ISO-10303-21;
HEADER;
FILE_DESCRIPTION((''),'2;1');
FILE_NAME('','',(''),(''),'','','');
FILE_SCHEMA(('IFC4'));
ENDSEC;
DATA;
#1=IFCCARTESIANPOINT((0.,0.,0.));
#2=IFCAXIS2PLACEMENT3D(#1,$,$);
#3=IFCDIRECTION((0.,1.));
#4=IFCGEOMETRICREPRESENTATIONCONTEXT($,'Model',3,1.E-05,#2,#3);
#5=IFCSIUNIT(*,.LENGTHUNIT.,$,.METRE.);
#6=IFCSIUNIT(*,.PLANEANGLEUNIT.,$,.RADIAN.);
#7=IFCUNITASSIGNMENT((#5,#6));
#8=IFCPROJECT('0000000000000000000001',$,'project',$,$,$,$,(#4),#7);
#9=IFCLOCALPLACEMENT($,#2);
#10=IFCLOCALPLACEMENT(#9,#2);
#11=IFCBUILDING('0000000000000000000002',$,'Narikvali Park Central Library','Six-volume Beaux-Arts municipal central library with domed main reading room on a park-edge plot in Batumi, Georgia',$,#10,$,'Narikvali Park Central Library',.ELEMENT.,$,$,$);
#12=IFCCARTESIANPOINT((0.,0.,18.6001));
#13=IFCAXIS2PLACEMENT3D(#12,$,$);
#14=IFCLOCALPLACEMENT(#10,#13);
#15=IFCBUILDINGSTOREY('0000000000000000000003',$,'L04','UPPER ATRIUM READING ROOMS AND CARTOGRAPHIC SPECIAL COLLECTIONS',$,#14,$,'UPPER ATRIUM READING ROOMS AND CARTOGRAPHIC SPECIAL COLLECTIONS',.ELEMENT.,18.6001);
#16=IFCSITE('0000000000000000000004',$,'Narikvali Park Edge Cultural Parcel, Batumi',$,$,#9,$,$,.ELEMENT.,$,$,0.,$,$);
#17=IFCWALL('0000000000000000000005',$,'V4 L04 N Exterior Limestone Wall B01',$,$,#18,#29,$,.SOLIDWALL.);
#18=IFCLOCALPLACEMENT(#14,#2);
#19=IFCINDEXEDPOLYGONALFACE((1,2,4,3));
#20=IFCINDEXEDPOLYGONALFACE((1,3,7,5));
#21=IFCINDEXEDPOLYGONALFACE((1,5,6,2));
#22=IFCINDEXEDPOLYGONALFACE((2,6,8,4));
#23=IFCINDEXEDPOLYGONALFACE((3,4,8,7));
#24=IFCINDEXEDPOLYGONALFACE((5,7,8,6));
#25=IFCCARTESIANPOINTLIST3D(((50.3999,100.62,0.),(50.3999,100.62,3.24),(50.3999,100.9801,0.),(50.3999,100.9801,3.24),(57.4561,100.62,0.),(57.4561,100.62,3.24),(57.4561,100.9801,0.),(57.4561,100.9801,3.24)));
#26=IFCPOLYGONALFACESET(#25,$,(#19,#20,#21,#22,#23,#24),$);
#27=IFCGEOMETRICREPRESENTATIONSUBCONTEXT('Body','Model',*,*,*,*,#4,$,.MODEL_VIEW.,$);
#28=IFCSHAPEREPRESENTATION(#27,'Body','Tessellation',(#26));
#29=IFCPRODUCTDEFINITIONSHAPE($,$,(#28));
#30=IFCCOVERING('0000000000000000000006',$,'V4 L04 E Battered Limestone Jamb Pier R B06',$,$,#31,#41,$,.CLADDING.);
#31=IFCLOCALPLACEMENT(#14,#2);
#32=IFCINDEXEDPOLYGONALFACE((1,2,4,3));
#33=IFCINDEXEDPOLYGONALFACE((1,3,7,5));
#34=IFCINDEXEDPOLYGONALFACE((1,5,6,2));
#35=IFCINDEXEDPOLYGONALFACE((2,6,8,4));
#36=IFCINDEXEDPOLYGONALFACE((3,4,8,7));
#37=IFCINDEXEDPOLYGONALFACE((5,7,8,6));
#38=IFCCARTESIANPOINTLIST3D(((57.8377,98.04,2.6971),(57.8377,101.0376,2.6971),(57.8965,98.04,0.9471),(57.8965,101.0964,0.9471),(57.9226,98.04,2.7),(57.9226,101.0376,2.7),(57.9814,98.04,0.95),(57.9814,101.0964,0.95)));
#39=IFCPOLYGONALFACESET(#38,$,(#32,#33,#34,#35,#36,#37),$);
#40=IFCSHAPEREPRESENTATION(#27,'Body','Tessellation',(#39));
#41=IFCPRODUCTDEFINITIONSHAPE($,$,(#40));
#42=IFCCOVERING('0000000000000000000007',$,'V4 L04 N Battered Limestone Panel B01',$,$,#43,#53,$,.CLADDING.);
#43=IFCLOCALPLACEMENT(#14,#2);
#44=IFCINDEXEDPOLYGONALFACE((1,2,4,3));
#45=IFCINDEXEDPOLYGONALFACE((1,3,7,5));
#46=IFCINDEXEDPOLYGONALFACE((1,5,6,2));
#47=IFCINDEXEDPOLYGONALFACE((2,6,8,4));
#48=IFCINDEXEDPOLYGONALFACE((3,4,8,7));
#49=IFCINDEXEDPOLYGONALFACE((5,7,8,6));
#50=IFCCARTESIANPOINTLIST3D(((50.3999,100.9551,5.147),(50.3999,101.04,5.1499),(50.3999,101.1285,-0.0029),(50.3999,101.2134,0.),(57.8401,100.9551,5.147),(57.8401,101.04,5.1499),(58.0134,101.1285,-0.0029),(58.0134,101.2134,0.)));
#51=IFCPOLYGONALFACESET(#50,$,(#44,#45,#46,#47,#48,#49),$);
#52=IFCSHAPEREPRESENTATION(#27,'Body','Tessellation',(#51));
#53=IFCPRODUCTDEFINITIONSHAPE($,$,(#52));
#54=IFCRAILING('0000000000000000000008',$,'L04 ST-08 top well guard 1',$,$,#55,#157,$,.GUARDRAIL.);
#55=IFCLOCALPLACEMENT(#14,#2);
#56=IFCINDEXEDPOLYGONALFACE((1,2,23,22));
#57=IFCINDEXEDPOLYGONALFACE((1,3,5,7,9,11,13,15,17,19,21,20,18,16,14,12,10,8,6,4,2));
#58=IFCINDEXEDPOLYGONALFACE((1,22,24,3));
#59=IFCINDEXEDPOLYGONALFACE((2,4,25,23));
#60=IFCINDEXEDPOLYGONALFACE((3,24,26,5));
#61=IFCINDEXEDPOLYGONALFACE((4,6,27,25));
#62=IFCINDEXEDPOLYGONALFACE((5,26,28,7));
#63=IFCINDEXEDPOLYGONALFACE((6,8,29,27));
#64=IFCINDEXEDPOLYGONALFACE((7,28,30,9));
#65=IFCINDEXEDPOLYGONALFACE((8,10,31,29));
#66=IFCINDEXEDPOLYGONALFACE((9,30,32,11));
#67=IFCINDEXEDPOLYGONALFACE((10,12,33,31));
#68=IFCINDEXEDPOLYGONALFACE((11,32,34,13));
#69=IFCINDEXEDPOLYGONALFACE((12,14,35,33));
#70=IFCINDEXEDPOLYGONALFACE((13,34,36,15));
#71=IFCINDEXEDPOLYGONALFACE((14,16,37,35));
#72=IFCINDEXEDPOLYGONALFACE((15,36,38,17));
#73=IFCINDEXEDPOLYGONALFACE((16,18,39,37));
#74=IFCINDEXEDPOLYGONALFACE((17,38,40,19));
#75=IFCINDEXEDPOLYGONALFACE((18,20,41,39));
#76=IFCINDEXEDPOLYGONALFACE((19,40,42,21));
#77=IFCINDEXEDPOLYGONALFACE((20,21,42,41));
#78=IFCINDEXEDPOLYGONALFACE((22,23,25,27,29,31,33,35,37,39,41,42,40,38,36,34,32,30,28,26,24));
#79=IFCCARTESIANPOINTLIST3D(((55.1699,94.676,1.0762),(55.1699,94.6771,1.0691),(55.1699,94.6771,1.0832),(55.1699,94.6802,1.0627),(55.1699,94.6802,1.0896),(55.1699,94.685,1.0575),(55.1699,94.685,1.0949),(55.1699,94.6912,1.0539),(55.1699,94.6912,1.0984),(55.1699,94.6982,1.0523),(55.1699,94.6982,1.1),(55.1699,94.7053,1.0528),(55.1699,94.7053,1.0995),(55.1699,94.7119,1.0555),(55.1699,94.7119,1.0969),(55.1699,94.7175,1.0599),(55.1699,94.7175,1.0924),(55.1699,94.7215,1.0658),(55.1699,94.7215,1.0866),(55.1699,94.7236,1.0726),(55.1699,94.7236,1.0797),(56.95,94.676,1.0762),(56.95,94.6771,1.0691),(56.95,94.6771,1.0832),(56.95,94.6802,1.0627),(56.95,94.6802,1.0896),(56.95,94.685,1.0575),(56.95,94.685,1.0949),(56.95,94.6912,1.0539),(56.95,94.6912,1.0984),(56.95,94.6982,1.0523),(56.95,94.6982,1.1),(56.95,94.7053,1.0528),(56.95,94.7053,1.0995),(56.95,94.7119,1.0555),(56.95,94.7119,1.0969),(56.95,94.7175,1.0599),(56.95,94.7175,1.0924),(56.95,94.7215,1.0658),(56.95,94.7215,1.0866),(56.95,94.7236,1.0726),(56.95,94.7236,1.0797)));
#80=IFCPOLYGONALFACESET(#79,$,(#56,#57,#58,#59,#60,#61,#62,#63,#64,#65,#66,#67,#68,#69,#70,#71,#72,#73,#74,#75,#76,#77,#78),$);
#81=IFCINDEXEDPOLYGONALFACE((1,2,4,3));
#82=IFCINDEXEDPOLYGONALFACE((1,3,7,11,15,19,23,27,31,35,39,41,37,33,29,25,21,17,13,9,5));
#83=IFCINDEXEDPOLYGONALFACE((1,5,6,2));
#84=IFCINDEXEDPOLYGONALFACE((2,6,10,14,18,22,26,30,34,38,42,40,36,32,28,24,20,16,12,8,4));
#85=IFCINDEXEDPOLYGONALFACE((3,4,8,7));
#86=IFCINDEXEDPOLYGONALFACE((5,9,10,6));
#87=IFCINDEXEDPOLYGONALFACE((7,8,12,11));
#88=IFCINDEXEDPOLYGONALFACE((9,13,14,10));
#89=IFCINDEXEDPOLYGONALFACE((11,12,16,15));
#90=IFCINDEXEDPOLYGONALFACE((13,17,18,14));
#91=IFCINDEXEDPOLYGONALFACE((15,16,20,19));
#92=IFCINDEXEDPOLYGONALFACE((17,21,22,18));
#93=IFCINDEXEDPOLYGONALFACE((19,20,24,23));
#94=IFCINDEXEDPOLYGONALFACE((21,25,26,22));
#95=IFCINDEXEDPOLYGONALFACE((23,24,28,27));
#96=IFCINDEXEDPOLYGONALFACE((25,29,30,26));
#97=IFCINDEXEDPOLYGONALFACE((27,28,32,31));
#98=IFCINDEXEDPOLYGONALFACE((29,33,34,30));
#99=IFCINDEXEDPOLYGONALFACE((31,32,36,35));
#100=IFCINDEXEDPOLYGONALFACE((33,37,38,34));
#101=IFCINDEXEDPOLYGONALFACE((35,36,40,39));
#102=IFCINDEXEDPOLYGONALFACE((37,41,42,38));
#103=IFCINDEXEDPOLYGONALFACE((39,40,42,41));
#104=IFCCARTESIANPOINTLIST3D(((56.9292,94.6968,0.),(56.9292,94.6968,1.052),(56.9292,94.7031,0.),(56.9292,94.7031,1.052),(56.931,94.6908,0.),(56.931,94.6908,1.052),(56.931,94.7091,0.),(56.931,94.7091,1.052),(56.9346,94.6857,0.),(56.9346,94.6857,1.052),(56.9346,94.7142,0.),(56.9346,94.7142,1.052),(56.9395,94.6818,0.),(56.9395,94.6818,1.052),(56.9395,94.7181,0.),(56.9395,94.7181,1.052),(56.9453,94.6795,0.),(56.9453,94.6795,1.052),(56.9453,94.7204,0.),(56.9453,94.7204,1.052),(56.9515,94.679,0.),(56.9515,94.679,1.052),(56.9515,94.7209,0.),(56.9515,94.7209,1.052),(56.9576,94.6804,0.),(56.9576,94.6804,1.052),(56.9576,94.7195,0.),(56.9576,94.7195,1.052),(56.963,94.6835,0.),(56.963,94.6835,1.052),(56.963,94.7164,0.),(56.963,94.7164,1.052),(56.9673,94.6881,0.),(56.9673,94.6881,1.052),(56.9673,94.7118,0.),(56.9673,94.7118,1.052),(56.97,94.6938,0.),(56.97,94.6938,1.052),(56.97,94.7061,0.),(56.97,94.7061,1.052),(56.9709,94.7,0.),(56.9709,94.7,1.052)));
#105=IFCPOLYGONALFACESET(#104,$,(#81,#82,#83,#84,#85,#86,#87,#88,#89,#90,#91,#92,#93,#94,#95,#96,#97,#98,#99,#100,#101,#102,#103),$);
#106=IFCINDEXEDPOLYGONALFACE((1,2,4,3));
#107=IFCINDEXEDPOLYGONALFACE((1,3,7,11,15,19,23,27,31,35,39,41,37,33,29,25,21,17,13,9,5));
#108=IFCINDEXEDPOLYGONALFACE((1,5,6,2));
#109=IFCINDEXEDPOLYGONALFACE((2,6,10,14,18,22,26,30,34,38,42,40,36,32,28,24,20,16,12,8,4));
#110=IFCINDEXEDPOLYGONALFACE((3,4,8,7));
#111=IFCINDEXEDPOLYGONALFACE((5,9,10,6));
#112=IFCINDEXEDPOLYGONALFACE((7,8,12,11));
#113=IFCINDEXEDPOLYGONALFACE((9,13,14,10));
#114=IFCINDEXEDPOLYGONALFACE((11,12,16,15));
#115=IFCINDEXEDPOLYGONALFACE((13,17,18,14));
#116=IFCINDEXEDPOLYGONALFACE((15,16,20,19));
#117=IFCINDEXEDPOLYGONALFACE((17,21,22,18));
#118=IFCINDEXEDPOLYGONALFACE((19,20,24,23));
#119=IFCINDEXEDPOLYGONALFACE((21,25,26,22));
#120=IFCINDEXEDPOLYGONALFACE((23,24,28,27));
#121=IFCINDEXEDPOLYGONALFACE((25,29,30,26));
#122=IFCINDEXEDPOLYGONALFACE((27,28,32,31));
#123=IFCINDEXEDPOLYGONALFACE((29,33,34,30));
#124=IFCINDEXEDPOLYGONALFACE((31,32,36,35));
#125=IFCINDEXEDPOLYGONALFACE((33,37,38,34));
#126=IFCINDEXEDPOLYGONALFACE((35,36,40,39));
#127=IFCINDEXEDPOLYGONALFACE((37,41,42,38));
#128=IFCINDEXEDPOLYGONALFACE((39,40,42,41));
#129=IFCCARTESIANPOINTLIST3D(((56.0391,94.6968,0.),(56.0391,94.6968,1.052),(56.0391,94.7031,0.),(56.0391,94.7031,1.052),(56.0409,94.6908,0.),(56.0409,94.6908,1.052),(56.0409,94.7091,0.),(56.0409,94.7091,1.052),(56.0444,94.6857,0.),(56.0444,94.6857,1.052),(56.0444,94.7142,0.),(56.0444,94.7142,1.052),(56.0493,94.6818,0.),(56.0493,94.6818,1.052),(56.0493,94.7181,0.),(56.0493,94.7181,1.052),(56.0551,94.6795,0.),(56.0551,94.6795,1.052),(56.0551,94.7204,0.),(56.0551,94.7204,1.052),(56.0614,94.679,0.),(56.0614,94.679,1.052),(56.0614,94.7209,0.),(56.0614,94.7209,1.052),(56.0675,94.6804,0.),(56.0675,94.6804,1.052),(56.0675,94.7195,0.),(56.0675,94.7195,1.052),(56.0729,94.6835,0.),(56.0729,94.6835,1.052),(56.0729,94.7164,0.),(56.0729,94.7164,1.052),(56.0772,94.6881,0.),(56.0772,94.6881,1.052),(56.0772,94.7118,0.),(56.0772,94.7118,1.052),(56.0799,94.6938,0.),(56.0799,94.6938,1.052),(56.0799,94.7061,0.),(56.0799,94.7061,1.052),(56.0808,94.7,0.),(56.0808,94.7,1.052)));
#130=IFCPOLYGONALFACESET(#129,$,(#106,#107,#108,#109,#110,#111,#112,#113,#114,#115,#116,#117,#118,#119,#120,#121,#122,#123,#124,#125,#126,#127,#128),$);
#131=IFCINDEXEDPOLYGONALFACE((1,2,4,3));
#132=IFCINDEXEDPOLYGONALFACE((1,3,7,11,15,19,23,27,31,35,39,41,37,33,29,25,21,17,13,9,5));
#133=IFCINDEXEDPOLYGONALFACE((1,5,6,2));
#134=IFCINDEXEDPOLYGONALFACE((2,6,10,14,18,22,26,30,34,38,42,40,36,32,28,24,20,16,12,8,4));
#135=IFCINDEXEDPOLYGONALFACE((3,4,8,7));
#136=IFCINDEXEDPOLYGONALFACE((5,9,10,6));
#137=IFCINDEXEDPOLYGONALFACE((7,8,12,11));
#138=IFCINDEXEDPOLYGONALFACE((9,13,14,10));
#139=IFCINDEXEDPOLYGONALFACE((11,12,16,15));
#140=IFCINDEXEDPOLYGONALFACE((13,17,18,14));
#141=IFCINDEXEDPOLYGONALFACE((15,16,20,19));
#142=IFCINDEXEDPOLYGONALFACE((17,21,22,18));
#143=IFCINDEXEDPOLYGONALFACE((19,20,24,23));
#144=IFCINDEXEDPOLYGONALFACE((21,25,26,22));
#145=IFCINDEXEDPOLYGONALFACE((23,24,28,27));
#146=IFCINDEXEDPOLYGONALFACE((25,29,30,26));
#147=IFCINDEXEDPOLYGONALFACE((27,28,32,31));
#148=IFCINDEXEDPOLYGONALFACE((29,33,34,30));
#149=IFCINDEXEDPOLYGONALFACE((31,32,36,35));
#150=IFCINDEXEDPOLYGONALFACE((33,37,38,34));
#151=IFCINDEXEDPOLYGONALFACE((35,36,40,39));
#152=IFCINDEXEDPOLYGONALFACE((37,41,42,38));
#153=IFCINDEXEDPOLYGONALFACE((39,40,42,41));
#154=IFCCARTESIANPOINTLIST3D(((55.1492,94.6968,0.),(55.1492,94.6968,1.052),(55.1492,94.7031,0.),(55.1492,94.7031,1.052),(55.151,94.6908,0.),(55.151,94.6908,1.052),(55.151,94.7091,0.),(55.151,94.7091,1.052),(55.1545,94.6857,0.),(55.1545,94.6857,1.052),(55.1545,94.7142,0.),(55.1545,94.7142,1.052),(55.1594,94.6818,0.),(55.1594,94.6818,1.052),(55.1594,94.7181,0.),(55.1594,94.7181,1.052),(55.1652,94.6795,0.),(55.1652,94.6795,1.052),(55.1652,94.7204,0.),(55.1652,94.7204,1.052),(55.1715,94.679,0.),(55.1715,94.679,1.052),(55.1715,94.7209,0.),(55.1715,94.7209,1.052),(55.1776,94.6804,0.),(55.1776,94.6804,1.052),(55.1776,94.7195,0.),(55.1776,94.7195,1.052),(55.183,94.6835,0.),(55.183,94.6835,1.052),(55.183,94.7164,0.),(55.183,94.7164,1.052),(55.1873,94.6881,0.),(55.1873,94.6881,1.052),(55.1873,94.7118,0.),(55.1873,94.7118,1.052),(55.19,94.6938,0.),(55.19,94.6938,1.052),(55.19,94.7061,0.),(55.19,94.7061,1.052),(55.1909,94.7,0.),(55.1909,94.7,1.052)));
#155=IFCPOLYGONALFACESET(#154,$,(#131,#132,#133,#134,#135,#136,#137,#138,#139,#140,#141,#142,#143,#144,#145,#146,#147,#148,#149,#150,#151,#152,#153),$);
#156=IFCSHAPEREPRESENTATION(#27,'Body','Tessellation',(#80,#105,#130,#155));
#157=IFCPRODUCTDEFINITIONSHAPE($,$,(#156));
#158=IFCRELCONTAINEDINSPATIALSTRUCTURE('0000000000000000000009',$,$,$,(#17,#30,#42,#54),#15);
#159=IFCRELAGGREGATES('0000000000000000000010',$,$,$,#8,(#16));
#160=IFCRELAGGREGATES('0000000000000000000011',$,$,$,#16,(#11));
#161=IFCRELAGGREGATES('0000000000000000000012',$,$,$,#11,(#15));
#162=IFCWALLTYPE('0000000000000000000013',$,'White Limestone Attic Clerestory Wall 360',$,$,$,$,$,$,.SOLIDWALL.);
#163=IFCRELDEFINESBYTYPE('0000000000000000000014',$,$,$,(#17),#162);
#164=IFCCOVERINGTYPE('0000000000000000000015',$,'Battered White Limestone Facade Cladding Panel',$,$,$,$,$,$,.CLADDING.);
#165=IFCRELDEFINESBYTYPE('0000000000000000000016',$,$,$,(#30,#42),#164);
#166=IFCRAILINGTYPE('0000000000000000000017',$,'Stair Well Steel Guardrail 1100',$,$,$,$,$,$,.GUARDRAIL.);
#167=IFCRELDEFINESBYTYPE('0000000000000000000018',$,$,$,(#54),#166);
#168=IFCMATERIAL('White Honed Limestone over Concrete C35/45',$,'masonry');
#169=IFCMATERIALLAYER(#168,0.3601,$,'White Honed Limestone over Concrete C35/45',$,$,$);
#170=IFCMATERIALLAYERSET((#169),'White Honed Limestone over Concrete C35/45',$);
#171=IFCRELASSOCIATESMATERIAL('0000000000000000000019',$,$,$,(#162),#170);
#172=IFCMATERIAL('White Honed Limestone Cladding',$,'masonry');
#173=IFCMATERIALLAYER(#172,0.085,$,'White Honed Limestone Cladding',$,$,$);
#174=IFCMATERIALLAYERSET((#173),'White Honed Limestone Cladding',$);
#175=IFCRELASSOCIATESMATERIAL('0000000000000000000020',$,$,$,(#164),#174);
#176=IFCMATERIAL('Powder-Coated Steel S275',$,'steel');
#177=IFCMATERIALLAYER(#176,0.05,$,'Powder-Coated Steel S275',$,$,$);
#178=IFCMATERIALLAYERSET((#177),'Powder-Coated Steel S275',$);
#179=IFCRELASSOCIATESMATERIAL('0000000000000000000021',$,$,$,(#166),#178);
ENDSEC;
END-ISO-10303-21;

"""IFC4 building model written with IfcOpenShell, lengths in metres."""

from ifc_helpers import new_model, si_unit, direction, frame, frame_2d, origin, origin_2d, place, context, subcontext, project, spatial, polyline, rectangle, circle, outline, extrude, material, layer, layer_set, type_object, element, save


model = new_model("IFC4")

# Units and contexts
model_context = context("Model", 3, precision=1e-05, world=origin(), true_north=direction((0.0, 1.0)))
body_context = subcontext(model_context, "Body", "Model", "MODEL_VIEW")
ifc_project = project(units=[si_unit("LENGTHUNIT", "METRE"), si_unit("PLANEANGLEUNIT", "RADIAN")], contexts=[model_context])

# Site, building, storey
site_placement = place(None, origin())
site = spatial("IfcSite", under=ifc_project, at=site_placement, Name="Narikvali Park Edge Cultural Parcel, Batumi", CompositionType="ELEMENT", RefElevation=0.0)
building_placement = place(site_placement, origin())
building = spatial("IfcBuilding", under=site, at=building_placement, Name="Narikvali Park Central Library", Description="Six-volume Beaux-Arts municipal central library with domed main reading room on a park-edge plot in Batumi, Georgia", LongName="Narikvali Park Central Library", CompositionType="ELEMENT")
storey_placement = place(building_placement, frame((0.0, 0.0, 18.6001)))
storey = spatial("IfcBuildingStorey", under=building, at=storey_placement, Name="L04", Description="UPPER ATRIUM READING ROOMS AND CARTOGRAPHIC SPECIAL COLLECTIONS", LongName="UPPER ATRIUM READING ROOMS AND CARTOGRAPHIC SPECIAL COLLECTIONS", CompositionType="ELEMENT", Elevation=18.6001)

# Wall
ifc_material_1 = material(Name="White Honed Limestone over Concrete C35/45", Category="masonry")
ifc_layer_1 = layer(ifc_material_1, 0.3601, Name="White Honed Limestone over Concrete C35/45")
ifc_layer_set_1 = layer_set([ifc_layer_1], Name="White Honed Limestone over Concrete C35/45")
wall_type_1 = type_object("IfcWallType", Name="White Limestone Attic Clerestory Wall 360", PredefinedType="SOLIDWALL", material=ifc_layer_set_1)
wall_1_placement = place(storey_placement, frame((57.4561, 100.8, 0.0), z_axis=(0.0, 0.0, 1.0), x_axis=(-1.0, 0.0, 0.0)))
element("IfcWall", 1, at=wall_1_placement, inside=storey, type_object=wall_type_1, Name="V4 L04 N Exterior Limestone Wall B01", PredefinedType="SOLIDWALL", context=body_context, shape_type="SweptSolid", body=[
    extrude(rectangle(XDim=7.0562, YDim=0.3601, at=frame_2d((3.5281, 0.0))), origin(), (0.0, 0.0, 1.0), 3.24),
])

# Coverings
ifc_material_2 = material(Name="White Honed Limestone Cladding", Category="masonry")
ifc_layer_2 = layer(ifc_material_2, 0.085, Name="White Honed Limestone Cladding")
ifc_layer_set_2 = layer_set([ifc_layer_2], Name="White Honed Limestone Cladding")
covering_type = type_object("IfcCoveringType", Name="Battered White Limestone Facade Cladding Panel", PredefinedType="CLADDING", material=ifc_layer_set_2)
covering_1_placement = place(storey_placement, frame((57.9814, 98.04, 0.95), z_axis=(0.999435, 0.0, 0.033603), x_axis=(0.0, 1.0, 0.0)))
element("IfcCovering", 2, at=covering_1_placement, inside=storey, type_object=covering_type, Name="V4 L04 E Battered Limestone Jamb Pier R B06", PredefinedType="CLADDING", context=body_context, shape_type="SweptSolid", body=[
    extrude(outline(polyline([(0.0, 0.0), (3.0564, 0.0), (2.9976, 1.751), (0.0, 1.751), (0.0, 0.0)])), origin(), (0.0, 0.0, -1.0), 0.085),
])
covering_2_placement = place(storey_placement, frame((58.0134, 101.2134, 0.0), z_axis=(0.0, 0.999434, 0.03364), x_axis=(-1.0, 0.0, 0.0)))
element("IfcCovering", 3, at=covering_2_placement, inside=storey, type_object=covering_type, Name="V4 L04 N Battered Limestone Panel B01", PredefinedType="CLADDING", context=body_context, shape_type="SweptSolid", body=[
    extrude(outline(polyline([(0.0, 0.0), (7.6135, 0.0), (7.6135, 5.1528), (0.1733, 5.1528), (0.0, 0.0)])), origin(), (0.0, 0.0, -1.0), 0.085),
])

# Railing
ifc_material_3 = material(Name="Powder-Coated Steel S275", Category="steel")
ifc_layer_3 = layer(ifc_material_3, 0.05, Name="Powder-Coated Steel S275")
ifc_layer_set_3 = layer_set([ifc_layer_3], Name="Powder-Coated Steel S275")
railing_type_1 = type_object("IfcRailingType", Name="Stair Well Steel Guardrail 1100", PredefinedType="GUARDRAIL", material=ifc_layer_set_3)
railing_1_placement = place(storey_placement, frame((56.95, 94.7, 0.0)))
element("IfcRailing", 4, at=railing_1_placement, inside=storey, type_object=railing_type_1, Name="L04 ST-08 top well guard 1", PredefinedType="GUARDRAIL", context=body_context, shape_type="SweptSolid", body=[
    extrude(circle(Radius=0.0239, at=origin_2d()), frame((0.0, 0.0, 1.0762), z_axis=(-1.0, 0.0, 0.0), x_axis=(0.0, -1.0, 0.0)), (0.0, 0.0, 1.0), 1.78),
    extrude(circle(Radius=0.021, at=origin_2d()), origin(), (0.0, 0.0, 1.0), 1.052),
    extrude(circle(Radius=0.021, at=origin_2d()), frame((-0.8901, 0.0, 0.0)), (0.0, 0.0, 1.0), 1.052),
    extrude(circle(Radius=0.021, at=origin_2d()), frame((-1.78, 0.0, 0.0)), (0.0, 0.0, 1.0), 1.052),
])

save(model, "model.ifc")
